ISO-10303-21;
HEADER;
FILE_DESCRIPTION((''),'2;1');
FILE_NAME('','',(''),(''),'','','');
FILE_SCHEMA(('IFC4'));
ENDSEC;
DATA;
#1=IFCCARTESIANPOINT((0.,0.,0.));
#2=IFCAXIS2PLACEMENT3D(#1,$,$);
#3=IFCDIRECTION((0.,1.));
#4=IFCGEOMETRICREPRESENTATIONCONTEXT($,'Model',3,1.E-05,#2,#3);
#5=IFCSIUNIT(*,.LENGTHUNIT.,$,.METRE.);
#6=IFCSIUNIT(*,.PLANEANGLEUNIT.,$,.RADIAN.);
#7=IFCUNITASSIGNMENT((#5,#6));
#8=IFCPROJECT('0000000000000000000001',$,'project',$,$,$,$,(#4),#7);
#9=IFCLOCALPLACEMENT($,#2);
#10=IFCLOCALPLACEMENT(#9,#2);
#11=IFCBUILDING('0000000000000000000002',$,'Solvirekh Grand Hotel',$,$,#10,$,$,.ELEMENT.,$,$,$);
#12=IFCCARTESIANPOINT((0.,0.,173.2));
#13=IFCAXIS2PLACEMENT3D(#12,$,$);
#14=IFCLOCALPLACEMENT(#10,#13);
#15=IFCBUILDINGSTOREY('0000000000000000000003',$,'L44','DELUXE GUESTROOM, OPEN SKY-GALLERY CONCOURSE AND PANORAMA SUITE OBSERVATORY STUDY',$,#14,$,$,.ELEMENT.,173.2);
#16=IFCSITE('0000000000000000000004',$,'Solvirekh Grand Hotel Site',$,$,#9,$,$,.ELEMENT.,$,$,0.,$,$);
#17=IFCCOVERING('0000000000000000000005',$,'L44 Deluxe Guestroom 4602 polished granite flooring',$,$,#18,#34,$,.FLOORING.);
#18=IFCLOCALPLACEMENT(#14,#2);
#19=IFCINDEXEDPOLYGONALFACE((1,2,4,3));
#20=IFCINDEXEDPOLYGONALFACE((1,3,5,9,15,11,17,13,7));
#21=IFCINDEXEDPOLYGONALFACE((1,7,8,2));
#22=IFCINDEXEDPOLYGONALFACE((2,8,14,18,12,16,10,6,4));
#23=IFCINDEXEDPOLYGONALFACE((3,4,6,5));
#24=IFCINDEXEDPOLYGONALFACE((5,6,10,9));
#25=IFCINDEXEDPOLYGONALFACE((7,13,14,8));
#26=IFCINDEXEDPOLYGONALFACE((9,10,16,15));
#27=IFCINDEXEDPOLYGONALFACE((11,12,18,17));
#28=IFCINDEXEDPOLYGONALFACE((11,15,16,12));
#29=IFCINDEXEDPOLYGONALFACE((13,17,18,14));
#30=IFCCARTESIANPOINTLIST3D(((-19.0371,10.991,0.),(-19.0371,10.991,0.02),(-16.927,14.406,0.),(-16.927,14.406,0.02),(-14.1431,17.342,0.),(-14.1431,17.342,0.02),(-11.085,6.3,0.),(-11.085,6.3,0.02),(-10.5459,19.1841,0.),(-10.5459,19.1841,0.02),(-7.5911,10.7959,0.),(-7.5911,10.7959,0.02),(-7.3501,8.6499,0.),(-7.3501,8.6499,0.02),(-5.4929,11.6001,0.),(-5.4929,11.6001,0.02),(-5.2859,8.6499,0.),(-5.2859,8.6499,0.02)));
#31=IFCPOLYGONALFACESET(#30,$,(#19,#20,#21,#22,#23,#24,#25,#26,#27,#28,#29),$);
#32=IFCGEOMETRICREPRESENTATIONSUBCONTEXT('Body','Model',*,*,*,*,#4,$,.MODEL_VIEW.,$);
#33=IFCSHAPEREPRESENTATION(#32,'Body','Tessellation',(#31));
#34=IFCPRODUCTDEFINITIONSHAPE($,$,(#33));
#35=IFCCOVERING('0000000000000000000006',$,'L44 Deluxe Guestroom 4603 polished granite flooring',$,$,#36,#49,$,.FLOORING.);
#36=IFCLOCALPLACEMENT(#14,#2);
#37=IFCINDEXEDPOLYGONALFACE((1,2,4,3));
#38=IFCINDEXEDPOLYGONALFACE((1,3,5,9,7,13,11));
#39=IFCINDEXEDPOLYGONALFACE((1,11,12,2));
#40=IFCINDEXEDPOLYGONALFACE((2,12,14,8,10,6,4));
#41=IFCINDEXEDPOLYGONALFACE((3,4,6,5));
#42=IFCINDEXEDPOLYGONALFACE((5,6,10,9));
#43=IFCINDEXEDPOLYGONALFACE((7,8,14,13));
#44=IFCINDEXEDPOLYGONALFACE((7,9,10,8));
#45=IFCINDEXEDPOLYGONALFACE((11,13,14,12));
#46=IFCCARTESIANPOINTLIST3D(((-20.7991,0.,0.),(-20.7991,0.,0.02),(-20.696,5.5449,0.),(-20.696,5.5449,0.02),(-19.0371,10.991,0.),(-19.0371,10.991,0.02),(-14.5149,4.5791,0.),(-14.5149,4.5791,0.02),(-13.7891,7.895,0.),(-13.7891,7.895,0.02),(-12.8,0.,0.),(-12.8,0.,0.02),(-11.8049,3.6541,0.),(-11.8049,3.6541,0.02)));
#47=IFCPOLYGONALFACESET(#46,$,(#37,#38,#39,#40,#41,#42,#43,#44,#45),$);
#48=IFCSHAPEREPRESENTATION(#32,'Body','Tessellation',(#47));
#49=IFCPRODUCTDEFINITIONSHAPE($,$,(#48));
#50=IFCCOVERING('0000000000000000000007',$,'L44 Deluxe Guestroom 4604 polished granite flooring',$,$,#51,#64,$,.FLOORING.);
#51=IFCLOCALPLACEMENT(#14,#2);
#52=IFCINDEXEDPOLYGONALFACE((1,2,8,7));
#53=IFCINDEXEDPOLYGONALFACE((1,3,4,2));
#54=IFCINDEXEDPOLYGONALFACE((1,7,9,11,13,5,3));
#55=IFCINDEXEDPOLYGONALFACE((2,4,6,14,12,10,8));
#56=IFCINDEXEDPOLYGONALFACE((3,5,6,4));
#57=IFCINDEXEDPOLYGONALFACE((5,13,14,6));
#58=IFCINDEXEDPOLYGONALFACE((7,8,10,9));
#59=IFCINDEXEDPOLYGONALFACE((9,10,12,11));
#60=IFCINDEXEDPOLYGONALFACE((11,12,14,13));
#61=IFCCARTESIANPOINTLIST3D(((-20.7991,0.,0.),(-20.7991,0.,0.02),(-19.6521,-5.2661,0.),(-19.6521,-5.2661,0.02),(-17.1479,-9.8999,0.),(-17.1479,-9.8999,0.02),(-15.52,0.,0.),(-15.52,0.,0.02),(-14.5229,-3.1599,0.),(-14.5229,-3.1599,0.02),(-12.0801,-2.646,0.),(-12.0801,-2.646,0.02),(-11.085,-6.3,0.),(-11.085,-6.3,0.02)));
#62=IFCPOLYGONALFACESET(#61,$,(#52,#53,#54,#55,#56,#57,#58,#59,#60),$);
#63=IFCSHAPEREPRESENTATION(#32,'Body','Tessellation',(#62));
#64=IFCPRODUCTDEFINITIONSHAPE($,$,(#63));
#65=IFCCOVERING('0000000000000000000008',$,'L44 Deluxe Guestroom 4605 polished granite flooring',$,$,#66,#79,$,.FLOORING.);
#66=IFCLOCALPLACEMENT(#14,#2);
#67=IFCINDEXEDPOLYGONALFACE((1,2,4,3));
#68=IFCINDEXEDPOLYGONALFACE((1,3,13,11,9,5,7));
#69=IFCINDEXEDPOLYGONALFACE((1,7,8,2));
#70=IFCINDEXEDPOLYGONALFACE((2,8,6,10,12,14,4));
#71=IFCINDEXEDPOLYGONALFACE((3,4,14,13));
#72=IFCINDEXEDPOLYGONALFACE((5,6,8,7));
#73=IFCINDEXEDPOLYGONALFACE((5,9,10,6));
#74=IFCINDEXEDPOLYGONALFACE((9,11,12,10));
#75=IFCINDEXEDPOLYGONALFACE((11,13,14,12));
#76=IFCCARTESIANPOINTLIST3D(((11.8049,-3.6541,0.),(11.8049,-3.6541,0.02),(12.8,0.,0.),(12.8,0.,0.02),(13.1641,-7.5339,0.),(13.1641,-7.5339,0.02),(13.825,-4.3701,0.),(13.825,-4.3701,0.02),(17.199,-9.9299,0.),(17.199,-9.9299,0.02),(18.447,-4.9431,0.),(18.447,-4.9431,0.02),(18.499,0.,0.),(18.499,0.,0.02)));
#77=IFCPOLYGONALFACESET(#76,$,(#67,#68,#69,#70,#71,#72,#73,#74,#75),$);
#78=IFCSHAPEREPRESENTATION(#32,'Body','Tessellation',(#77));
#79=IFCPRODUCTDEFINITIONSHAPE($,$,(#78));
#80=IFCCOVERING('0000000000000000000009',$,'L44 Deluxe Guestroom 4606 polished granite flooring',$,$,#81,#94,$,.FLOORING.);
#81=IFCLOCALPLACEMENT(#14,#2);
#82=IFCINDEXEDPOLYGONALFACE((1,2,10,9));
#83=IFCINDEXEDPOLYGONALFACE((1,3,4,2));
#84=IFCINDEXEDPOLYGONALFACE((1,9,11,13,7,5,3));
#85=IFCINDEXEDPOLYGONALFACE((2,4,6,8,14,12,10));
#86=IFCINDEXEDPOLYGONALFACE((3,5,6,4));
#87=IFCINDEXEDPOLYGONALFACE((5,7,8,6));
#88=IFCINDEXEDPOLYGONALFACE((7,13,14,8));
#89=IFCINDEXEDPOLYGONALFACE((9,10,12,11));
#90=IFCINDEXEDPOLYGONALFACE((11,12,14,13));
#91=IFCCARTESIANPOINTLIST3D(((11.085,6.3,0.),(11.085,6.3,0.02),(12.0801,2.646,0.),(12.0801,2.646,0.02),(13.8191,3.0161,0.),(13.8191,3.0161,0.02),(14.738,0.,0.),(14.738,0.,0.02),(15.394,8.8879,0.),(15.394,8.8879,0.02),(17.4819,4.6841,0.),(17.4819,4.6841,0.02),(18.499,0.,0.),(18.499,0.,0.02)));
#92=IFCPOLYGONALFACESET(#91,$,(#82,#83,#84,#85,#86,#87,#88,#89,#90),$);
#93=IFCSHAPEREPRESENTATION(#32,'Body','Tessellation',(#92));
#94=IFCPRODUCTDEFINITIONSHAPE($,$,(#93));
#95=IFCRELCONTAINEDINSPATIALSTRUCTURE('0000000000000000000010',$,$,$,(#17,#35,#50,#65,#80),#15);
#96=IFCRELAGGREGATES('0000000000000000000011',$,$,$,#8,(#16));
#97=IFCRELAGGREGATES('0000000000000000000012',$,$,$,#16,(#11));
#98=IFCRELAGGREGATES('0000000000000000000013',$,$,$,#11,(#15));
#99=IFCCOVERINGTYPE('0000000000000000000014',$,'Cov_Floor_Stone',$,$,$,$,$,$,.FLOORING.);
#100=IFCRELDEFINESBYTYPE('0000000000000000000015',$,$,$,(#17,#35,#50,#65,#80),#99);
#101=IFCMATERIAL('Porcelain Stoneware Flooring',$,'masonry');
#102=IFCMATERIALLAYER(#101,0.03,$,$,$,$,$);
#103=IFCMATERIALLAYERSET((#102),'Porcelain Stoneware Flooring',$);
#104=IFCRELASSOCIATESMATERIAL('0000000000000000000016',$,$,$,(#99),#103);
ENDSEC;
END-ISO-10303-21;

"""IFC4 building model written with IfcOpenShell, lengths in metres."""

from ifc_helpers import new_model, si_unit, direction, frame, origin, place, context, subcontext, project, spatial, polyline, outline, extrude, material, layer, layer_set, type_object, element, save


model = new_model("IFC4")

# Units and contexts
model_context = context("Model", 3, precision=1e-05, world=origin(), true_north=direction((0.0, 1.0)))
body_context = subcontext(model_context, "Body", "Model", "MODEL_VIEW")
ifc_project = project(units=[si_unit("LENGTHUNIT", "METRE"), si_unit("PLANEANGLEUNIT", "RADIAN")], contexts=[model_context])

# Site, building, storey
site_placement = place(None, origin())
site = spatial("IfcSite", under=ifc_project, at=site_placement, Name="Solvirekh Grand Hotel Site", CompositionType="ELEMENT", RefElevation=0.0)
building_placement = place(site_placement, origin())
building = spatial("IfcBuilding", under=site, at=building_placement, Name="Solvirekh Grand Hotel", CompositionType="ELEMENT")
storey_placement = place(building_placement, frame((0.0, 0.0, 173.2)))
storey = spatial("IfcBuildingStorey", under=building, at=storey_placement, Name="L44", Description="DELUXE GUESTROOM, OPEN SKY-GALLERY CONCOURSE AND PANORAMA SUITE OBSERVATORY STUDY", CompositionType="ELEMENT", Elevation=173.2)

# Coverings
ifc_material_1 = material(Name="Porcelain Stoneware Flooring", Category="masonry")
ifc_layer_1 = layer(ifc_material_1, 0.03)
ifc_layer_set_1 = layer_set([ifc_layer_1], Name="Porcelain Stoneware Flooring")
covering_type_1 = type_object("IfcCoveringType", Name="Cov_Floor_Stone", PredefinedType="FLOORING", material=ifc_layer_set_1)
covering_1_placement = place(storey_placement, origin())
element("IfcCovering", 1, at=covering_1_placement, inside=storey, type_object=covering_type_1, Name="L44 Deluxe Guestroom 4602 polished granite flooring", PredefinedType="FLOORING", context=body_context, shape_type="SweptSolid", body=[
    extrude(outline(polyline([(-5.2859, 8.6499), (-7.5911, 10.7959), (-5.4929, 11.6001), (-10.5459, 19.1841), (-14.1431, 17.342), (-16.927, 14.406), (-19.0371, 10.991), (-11.085, 6.3), (-7.3501, 8.6499), (-5.2859, 8.6499)])), origin(), (0.0, 0.0, 1.0), 0.02),
])
covering_2_placement = place(storey_placement, origin())
element("IfcCovering", 2, at=covering_2_placement, inside=storey, type_object=covering_type_1, Name="L44 Deluxe Guestroom 4603 polished granite flooring", PredefinedType="FLOORING", context=body_context, shape_type="SweptSolid", body=[
    extrude(outline(polyline([(-14.5149, 4.5791), (-13.7891, 7.895), (-19.0371, 10.991), (-20.696, 5.5449), (-20.7991, 0.0), (-12.8, 0.0), (-11.8049, 3.6541), (-14.5149, 4.5791)])), origin(), (0.0, 0.0, 1.0), 0.02),
])
covering_3_placement = place(storey_placement, origin())
element("IfcCovering", 3, at=covering_3_placement, inside=storey, type_object=covering_type_1, Name="L44 Deluxe Guestroom 4604 polished granite flooring", PredefinedType="FLOORING", context=body_context, shape_type="SweptSolid", body=[
    extrude(outline(polyline([(-14.5229, -3.1599), (-15.52, 0.0), (-20.7991, 0.0), (-19.6521, -5.2661), (-17.1479, -9.8999), (-11.085, -6.3), (-12.0801, -2.646), (-14.5229, -3.1599)])), origin(), (0.0, 0.0, 1.0), 0.02),
])
covering_4_placement = place(storey_placement, origin())
element("IfcCovering", 4, at=covering_4_placement, inside=storey, type_object=covering_type_1, Name="L44 Deluxe Guestroom 4605 polished granite flooring", PredefinedType="FLOORING", context=body_context, shape_type="SweptSolid", body=[
    extrude(outline(polyline([(13.825, -4.3701), (13.1641, -7.5339), (17.199, -9.9299), (18.447, -4.9431), (18.499, 0.0), (12.8, 0.0), (11.8049, -3.6541), (13.825, -4.3701)])), origin(), (0.0, 0.0, 1.0), 0.02),
])
covering_5_placement = place(storey_placement, origin())
element("IfcCovering", 5, at=covering_5_placement, inside=storey, type_object=covering_type_1, Name="L44 Deluxe Guestroom 4606 polished granite flooring", PredefinedType="FLOORING", context=body_context, shape_type="SweptSolid", body=[
    extrude(outline(polyline([(13.8191, 3.0161), (14.738, 0.0), (18.499, 0.0), (17.4819, 4.6841), (15.394, 8.8879), (11.085, 6.3), (12.0801, 2.646), (13.8191, 3.0161)])), origin(), (0.0, 0.0, 1.0), 0.02),
])

save(model, "model.ifc")
